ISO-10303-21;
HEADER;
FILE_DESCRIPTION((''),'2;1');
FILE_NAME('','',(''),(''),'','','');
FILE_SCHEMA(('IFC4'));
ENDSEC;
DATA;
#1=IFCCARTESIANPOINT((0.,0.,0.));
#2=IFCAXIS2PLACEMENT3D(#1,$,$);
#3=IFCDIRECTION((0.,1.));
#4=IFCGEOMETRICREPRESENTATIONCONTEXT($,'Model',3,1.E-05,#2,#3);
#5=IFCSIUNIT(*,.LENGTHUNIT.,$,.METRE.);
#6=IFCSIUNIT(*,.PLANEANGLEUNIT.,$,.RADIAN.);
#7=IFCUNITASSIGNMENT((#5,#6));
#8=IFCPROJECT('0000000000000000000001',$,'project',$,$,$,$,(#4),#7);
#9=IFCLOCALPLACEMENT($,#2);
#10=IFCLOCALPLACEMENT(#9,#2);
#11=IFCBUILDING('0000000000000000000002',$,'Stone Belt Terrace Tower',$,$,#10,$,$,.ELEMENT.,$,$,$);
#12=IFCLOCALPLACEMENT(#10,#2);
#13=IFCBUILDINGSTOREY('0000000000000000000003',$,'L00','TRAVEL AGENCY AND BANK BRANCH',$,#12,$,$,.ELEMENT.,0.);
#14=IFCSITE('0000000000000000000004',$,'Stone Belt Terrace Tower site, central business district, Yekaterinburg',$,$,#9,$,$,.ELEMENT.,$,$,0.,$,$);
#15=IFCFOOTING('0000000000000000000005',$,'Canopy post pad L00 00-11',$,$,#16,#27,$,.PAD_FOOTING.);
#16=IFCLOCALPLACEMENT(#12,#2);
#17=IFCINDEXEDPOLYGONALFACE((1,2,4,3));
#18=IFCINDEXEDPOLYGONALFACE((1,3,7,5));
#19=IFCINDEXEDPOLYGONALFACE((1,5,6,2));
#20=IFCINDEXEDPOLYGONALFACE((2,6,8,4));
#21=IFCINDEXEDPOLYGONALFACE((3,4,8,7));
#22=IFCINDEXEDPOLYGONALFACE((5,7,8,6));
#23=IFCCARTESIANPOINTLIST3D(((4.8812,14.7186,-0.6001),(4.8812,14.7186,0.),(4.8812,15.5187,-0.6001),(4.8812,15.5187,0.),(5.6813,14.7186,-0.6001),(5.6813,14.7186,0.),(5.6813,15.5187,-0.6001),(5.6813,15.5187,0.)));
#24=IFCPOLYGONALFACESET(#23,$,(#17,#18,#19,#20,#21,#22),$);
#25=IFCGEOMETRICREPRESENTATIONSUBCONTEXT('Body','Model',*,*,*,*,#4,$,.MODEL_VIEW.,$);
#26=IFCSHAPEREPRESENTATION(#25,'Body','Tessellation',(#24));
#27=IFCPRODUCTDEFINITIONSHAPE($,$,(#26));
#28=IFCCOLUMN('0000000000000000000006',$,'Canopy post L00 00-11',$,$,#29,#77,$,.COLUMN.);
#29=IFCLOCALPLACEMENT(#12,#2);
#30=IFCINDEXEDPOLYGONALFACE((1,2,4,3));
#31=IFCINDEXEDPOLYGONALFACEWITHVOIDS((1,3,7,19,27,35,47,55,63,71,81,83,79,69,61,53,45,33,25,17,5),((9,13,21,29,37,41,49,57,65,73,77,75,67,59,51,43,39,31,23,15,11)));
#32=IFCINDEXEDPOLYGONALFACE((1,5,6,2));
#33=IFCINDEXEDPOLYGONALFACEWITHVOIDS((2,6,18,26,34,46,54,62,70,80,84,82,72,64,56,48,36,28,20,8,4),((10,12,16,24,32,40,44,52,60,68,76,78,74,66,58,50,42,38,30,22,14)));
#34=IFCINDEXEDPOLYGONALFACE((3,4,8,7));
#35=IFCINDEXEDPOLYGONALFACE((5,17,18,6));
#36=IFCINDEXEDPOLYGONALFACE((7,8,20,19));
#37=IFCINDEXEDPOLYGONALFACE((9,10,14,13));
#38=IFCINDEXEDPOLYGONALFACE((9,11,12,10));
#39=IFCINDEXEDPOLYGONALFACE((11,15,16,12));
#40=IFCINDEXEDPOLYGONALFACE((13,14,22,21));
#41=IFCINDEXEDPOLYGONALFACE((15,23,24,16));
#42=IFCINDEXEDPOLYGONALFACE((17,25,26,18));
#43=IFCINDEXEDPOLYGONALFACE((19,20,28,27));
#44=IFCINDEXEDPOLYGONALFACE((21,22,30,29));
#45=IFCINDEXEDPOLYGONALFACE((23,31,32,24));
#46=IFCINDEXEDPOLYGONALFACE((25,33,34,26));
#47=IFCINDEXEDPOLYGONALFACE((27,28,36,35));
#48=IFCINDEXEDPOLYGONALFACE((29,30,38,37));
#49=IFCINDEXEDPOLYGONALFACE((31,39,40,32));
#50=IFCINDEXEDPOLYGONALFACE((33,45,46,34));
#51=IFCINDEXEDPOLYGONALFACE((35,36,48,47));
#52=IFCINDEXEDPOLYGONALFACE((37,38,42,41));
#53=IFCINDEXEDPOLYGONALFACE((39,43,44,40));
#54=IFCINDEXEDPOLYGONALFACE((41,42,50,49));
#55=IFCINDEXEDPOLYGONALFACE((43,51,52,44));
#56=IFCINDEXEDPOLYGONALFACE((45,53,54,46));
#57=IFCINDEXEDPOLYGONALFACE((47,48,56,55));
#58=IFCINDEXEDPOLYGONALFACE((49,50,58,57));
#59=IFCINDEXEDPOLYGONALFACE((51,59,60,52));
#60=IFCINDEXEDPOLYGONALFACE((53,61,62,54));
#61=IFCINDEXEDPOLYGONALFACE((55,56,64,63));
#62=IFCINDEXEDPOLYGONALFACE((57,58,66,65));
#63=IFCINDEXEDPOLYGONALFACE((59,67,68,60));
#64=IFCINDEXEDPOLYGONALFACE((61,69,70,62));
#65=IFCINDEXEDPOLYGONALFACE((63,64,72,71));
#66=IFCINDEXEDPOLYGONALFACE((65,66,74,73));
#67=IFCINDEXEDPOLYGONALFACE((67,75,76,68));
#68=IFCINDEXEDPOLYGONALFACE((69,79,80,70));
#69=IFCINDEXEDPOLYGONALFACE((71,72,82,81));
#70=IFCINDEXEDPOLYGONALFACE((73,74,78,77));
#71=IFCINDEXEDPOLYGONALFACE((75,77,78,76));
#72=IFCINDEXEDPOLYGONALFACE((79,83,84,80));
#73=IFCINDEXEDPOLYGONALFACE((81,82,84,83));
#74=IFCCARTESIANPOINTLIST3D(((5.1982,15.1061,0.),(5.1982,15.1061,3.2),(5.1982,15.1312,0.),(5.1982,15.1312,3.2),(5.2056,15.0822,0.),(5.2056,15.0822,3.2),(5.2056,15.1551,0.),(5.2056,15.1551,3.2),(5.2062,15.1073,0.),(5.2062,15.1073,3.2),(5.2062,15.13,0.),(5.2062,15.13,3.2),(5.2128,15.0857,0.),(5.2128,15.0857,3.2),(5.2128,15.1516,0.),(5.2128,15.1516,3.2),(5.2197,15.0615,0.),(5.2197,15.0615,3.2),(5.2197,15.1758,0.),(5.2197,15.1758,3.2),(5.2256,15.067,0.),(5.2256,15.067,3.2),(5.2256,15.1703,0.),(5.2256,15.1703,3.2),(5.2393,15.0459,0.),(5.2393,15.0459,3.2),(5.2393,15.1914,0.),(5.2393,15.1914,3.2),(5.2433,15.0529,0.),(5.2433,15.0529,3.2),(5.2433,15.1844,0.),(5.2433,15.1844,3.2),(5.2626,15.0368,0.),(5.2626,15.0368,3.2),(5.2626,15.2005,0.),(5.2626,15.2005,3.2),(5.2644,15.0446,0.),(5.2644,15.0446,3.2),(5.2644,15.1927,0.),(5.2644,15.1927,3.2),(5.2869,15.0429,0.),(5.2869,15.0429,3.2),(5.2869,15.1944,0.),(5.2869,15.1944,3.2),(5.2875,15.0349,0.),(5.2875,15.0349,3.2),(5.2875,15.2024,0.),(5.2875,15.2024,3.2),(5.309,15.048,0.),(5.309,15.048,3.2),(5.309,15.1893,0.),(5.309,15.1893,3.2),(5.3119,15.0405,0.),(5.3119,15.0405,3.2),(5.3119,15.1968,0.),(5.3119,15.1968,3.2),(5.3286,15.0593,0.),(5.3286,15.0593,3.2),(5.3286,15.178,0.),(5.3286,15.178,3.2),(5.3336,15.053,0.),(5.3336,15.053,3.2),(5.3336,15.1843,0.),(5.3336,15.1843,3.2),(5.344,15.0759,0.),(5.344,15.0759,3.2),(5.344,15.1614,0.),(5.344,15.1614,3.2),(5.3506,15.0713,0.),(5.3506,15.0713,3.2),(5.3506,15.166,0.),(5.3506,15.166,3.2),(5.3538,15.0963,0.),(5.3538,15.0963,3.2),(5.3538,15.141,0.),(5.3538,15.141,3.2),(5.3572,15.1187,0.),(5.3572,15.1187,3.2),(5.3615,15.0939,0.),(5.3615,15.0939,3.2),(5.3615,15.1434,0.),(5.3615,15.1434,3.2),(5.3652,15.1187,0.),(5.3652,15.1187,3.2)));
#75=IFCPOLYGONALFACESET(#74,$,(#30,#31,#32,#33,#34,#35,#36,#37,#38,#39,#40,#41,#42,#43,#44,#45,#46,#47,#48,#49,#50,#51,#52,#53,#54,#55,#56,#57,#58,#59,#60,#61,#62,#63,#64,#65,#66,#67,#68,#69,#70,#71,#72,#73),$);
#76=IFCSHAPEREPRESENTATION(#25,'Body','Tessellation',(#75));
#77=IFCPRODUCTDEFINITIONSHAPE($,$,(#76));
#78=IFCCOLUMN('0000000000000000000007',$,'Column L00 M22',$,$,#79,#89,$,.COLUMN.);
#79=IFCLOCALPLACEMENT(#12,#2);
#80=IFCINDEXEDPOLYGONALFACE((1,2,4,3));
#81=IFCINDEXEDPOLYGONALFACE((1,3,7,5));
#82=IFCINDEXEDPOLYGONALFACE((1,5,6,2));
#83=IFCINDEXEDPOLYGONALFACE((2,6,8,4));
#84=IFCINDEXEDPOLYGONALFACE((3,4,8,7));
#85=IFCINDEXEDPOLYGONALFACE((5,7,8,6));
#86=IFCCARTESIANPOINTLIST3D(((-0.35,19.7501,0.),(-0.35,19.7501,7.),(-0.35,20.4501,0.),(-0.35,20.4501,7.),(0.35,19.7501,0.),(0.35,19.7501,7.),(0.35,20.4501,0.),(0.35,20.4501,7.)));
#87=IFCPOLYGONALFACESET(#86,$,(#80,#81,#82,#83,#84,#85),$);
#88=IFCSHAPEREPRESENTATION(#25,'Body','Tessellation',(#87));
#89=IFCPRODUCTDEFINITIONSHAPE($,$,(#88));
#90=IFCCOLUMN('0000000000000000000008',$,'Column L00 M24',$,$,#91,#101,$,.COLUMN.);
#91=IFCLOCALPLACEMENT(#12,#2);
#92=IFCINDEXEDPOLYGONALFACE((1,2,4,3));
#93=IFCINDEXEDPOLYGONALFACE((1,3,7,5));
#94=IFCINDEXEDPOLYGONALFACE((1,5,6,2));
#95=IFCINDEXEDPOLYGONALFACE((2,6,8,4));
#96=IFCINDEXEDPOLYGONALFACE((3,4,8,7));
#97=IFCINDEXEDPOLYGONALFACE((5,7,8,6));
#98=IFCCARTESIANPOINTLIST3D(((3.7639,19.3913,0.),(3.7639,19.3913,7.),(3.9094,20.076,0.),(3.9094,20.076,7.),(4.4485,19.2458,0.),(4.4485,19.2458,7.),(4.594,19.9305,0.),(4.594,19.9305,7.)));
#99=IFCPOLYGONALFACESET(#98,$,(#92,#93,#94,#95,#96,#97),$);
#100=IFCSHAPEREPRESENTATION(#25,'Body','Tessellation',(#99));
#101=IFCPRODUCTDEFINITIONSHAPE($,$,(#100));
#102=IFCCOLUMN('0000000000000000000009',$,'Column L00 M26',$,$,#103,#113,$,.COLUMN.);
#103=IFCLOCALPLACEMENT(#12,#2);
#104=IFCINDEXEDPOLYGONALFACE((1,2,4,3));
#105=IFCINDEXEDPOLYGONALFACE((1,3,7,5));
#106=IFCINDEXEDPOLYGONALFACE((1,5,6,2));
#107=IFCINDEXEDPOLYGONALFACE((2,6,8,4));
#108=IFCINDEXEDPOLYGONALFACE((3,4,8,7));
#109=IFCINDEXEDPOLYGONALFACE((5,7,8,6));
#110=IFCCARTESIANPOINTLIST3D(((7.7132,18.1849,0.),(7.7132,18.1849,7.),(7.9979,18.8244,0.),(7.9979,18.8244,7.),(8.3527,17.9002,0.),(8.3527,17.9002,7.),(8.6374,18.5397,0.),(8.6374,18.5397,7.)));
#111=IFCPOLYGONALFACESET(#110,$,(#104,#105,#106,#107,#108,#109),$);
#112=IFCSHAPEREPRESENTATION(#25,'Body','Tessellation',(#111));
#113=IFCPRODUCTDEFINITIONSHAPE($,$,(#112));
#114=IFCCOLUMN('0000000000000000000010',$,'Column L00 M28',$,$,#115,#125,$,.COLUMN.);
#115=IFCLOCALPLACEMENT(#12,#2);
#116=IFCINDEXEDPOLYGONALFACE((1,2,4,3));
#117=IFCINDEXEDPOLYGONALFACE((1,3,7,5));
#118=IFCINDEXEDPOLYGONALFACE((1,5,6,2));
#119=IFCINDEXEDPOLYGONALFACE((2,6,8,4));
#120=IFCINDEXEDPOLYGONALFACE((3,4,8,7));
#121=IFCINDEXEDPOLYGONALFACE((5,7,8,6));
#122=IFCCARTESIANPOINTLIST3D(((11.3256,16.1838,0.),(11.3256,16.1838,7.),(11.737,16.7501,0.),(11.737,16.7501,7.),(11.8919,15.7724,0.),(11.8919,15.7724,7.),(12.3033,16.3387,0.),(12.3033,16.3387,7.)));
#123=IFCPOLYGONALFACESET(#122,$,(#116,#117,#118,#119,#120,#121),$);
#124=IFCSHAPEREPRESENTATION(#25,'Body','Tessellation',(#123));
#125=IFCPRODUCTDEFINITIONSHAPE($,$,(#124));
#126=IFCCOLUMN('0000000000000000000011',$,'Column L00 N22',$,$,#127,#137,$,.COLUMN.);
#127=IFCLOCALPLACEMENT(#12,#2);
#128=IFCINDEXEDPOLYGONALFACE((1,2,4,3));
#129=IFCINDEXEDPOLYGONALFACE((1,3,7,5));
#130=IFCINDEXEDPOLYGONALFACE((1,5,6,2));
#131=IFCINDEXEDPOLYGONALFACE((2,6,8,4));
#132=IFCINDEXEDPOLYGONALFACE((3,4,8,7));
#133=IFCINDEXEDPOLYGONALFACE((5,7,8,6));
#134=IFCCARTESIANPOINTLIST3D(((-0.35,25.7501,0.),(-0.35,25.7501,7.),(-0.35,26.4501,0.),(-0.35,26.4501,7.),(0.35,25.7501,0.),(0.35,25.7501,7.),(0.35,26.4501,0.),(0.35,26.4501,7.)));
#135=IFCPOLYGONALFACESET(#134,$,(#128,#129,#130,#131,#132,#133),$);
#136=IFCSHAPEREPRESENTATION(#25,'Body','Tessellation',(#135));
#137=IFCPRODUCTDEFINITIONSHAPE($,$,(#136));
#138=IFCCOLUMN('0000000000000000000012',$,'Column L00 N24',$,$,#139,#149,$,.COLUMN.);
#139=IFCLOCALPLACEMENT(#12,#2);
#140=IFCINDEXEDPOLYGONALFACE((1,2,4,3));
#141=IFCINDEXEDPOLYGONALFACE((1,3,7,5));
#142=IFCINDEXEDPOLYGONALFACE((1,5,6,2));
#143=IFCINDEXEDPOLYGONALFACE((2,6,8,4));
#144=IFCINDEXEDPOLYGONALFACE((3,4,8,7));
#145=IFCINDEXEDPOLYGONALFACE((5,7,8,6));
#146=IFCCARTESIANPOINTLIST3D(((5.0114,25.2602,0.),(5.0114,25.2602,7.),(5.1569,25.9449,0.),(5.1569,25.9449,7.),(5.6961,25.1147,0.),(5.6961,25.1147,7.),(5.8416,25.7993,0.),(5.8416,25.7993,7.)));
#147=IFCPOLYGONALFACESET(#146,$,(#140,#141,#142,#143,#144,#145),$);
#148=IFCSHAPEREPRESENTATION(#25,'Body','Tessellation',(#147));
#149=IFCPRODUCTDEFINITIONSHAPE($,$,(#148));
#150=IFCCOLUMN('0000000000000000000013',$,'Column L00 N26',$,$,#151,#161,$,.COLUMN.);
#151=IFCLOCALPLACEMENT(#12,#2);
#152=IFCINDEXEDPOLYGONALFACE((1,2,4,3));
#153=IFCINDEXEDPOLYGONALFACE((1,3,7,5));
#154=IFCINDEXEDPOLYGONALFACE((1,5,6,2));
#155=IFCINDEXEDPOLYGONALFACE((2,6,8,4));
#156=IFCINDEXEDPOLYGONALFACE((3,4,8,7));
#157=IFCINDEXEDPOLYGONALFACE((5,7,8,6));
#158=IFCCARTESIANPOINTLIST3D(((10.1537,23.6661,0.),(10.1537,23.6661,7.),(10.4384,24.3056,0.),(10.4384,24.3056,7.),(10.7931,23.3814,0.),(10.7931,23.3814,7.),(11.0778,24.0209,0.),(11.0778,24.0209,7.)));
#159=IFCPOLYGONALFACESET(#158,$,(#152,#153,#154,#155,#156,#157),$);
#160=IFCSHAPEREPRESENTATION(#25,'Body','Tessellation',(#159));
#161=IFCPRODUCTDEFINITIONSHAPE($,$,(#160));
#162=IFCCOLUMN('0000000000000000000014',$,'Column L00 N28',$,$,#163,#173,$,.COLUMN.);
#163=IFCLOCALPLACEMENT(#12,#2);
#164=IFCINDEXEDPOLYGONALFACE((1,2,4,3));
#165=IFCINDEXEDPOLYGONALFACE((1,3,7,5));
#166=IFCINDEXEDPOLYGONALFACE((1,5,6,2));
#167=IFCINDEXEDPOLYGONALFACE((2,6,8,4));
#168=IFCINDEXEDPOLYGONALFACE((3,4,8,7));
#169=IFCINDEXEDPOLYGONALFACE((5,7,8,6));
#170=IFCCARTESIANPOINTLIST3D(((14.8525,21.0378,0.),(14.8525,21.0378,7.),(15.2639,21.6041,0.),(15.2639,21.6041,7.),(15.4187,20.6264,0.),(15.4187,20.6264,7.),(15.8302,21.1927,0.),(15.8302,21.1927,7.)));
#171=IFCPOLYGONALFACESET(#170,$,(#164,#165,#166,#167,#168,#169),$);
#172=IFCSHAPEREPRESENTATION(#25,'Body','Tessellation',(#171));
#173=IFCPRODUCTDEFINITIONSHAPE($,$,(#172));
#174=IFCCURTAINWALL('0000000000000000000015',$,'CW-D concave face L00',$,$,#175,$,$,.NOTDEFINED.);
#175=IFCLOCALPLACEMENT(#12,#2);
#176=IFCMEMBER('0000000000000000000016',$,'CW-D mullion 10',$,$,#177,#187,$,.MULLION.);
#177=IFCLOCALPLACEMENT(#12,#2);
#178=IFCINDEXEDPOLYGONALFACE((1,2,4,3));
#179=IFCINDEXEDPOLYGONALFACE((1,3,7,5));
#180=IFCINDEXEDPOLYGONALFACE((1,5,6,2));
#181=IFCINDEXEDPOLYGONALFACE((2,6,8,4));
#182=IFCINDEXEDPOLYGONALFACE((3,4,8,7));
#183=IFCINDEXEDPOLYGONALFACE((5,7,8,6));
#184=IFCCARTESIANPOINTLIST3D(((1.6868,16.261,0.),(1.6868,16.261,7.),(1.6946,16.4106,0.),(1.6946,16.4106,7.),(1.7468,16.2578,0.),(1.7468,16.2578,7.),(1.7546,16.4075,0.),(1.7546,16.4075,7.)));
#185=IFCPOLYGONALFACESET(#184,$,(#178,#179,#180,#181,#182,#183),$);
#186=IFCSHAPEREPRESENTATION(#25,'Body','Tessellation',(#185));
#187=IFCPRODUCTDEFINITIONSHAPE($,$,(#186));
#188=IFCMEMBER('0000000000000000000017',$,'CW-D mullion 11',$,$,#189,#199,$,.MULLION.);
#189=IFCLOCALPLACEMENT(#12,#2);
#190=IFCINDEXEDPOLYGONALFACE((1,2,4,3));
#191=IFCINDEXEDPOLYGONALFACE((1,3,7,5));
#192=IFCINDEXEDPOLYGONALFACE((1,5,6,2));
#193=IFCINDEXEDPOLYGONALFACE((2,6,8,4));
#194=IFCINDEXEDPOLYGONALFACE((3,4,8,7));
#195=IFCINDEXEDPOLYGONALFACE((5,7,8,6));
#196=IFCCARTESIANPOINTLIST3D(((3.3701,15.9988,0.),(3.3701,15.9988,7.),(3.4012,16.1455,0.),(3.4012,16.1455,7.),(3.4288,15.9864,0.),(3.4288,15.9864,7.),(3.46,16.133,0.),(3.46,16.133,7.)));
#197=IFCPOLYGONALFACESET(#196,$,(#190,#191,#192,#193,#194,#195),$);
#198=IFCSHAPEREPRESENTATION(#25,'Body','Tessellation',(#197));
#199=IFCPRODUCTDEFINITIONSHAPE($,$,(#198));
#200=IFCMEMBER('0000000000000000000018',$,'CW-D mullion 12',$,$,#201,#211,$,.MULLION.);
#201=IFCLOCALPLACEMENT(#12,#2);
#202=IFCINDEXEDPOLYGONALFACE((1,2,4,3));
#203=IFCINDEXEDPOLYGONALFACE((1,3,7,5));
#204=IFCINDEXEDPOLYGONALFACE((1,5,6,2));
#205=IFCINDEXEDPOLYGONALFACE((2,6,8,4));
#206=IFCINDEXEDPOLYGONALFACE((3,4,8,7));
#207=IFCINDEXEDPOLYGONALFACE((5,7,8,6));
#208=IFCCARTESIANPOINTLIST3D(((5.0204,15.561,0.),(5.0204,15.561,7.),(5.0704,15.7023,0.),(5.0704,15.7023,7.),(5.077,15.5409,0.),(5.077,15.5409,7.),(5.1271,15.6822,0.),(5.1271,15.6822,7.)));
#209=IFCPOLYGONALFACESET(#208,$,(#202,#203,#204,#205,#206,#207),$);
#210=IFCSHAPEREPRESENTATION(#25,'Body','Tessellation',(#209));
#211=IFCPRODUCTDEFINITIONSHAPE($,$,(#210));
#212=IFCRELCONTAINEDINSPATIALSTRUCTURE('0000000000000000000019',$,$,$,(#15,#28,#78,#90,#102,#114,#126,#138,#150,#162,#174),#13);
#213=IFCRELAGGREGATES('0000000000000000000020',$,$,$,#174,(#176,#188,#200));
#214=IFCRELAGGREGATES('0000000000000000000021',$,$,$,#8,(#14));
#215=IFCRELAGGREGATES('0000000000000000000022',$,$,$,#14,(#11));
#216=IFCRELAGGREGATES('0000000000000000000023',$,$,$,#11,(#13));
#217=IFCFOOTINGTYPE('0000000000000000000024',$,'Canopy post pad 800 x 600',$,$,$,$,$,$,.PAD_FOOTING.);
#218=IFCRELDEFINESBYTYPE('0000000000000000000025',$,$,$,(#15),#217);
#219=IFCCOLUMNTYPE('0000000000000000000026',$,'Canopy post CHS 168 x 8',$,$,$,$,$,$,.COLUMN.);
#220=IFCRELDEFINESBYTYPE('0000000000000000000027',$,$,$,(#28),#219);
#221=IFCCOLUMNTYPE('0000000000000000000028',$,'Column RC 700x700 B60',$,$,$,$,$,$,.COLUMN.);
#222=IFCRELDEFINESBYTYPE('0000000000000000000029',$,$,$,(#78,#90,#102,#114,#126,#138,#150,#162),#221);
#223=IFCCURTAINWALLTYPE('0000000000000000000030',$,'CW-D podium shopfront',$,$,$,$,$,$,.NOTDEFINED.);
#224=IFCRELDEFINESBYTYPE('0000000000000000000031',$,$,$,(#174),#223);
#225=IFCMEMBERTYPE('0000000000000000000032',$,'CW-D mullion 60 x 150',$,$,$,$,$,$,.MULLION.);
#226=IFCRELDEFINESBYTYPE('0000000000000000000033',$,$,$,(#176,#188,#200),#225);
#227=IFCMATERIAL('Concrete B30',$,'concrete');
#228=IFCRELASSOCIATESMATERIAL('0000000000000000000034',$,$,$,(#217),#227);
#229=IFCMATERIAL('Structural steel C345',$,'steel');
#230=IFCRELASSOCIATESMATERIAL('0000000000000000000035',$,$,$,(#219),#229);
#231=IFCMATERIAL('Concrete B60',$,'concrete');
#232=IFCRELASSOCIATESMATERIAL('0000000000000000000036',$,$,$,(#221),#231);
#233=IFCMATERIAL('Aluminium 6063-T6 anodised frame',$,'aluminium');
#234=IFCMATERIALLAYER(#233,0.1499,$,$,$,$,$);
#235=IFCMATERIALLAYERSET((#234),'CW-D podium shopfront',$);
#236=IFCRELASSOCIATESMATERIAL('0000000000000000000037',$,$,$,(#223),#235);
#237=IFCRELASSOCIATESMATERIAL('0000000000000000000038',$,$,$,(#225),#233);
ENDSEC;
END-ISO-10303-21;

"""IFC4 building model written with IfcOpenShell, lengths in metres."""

from ifc_helpers import new_model, si_unit, direction, frame, origin, origin_2d, place, context, subcontext, project, spatial, rectangle, hollow_circle, extrude, material, layer, layer_set, material_profile, profile_set, type_object, element, aggregate, save


model = new_model("IFC4")

# Units and contexts
model_context = context("Model", 3, precision=1e-05, world=origin(), true_north=direction((0.0, 1.0)))
body_context = subcontext(model_context, "Body", "Model", "MODEL_VIEW")
ifc_project = project(units=[si_unit("LENGTHUNIT", "METRE"), si_unit("PLANEANGLEUNIT", "RADIAN")], contexts=[model_context])

# Site, building, storey
site_placement = place(None, origin())
site = spatial("IfcSite", under=ifc_project, at=site_placement, Name="Stone Belt Terrace Tower site, central business district, Yekaterinburg", CompositionType="ELEMENT", RefElevation=0.0)
building_placement = place(site_placement, origin())
building = spatial("IfcBuilding", under=site, at=building_placement, Name="Stone Belt Terrace Tower", CompositionType="ELEMENT")
storey_placement = place(building_placement, origin())
storey = spatial("IfcBuildingStorey", under=building, at=storey_placement, Name="L00", Description="TRAVEL AGENCY AND BANK BRANCH", CompositionType="ELEMENT", Elevation=0.0)

# Footing
ifc_material_1 = material(Name="Concrete B30", Category="concrete")
footing_type = type_object("IfcFootingType", Name="Canopy post pad 800 x 600", PredefinedType="PAD_FOOTING", material=ifc_material_1)
footing_placement = place(storey_placement, frame((5.2812, 15.1187, -0.6001), z_axis=(0.0, 0.0, 1.0), x_axis=(1.0, 0.0, 0.0)))
element("IfcFooting", 1, at=footing_placement, inside=storey, type_object=footing_type, Name="Canopy post pad L00 00-11", PredefinedType="PAD_FOOTING", context=body_context, shape_type="SweptSolid", body=[
    extrude(rectangle(XDim=0.8, YDim=0.8, at=origin_2d()), origin(), (0.0, 0.0, 1.0), 0.6001),
])

# Columns
ifc_material_2 = material(Name="Structural steel C345", Category="steel")
ifc_material_profile_1 = material_profile(ifc_material_2, hollow_circle(Radius=0.084, WallThickness=0.0081, at=origin_2d()), Name="Structural steel C345 CHS 168x8")
ifc_profile_set_1 = profile_set([ifc_material_profile_1], Name="Structural steel C345")
column_type_1 = type_object("IfcColumnType", Name="Canopy post CHS 168 x 8", PredefinedType="COLUMN", material=ifc_profile_set_1)
column_placement = place(storey_placement, frame((5.2812, 15.1187, 0.0), z_axis=(0.0, 0.0, 1.0), x_axis=(1.0, 0.0, 0.0)))
element("IfcColumn", 2, at=column_placement, inside=storey, type_object=column_type_1, Name="Canopy post L00 00-11", PredefinedType="COLUMN", context=body_context, shape_type="SweptSolid", body=[
    extrude(hollow_circle(Radius=0.084, WallThickness=0.0081, at=origin_2d()), origin(), (0.0, 0.0, 1.0), 3.2),
])
ifc_material_3 = material(Name="Concrete B60", Category="concrete")
ifc_material_profile_2 = material_profile(ifc_material_3, rectangle(XDim=0.7, YDim=0.7, at=origin_2d()), Name="RC 700x700")
ifc_profile_set_2 = profile_set([ifc_material_profile_2], Name="Concrete B60")
column_type_2 = type_object("IfcColumnType", Name="Column RC 700x700 B60", PredefinedType="COLUMN", material=ifc_profile_set_2)
for number, where, z_axis, x_axis, name in (
    (3, (0.0, 20.1001, 0.0), (0.0, 0.0, 1.0), (1.0, 0.0, 0.0), "Column L00 M22"),
    (4, (4.179, 19.6609, 0.0), (0.0, 0.0, 1.0), (0.978148, -0.207912, 0.0), "Column L00 M24"),
    (5, (8.1753, 18.3623, 0.0), (0.0, 0.0, 1.0), (0.913545, -0.406737, 0.0), "Column L00 M26"),
    (6, (11.8145, 16.2612, 0.0), (0.0, 0.0, 1.0), (0.809017, -0.587785, 0.0), "Column L00 M28"),
    (7, (0.0, 26.1001, 0.0), (0.0, 0.0, 1.0), (1.0, 0.0, 0.0), "Column L00 N22"),
    (8, (5.4265, 25.5298, 0.0), (0.0, 0.0, 1.0), (0.978148, -0.207912, 0.0), "Column L00 N24"),
    (9, (10.6157, 23.8435, 0.0), (0.0, 0.0, 1.0), (0.913545, -0.406737, 0.0), "Column L00 N26"),
    (10, (15.3413, 21.1152, 0.0), (0.0, 0.0, 1.0), (0.809017, -0.587785, 0.0), "Column L00 N28"),
):
    element("IfcColumn", number, at=place(storey_placement, frame(where, z_axis=z_axis, x_axis=x_axis)), inside=storey, type_object=column_type_2, Name=name, PredefinedType="COLUMN", context=body_context, shape_type="SweptSolid", body=[
        extrude(rectangle(XDim=0.7, YDim=0.7, at=origin_2d()), origin(), (0.0, 0.0, 1.0), 7.0),
    ])

# Curtain wall, members
ifc_material_4 = material(Name="Aluminium 6063-T6 anodised frame", Category="aluminium")
ifc_layer_1 = layer(ifc_material_4, 0.1499)
ifc_layer_set_1 = layer_set([ifc_layer_1], Name="CW-D podium shopfront")
curtain_wall_type = type_object("IfcCurtainWallType", Name="CW-D podium shopfront", PredefinedType="NOTDEFINED", material=ifc_layer_set_1)
curtain_wall_placement = place(storey_placement, origin())
curtain_wall = element("IfcCurtainWall", 11, at=curtain_wall_placement, inside=storey, type_object=curtain_wall_type, Name="CW-D concave face L00", PredefinedType="NOTDEFINED")
ifc_material_profile_3 = material_profile(ifc_material_4, rectangle(XDim=0.1499, YDim=0.0601, at=origin_2d()), Name="Aluminium 6063-T6 60x150")
ifc_profile_set_3 = profile_set([ifc_material_profile_3], Name="Aluminium 6063-T6 anodised frame")
member_type_1 = type_object("IfcMemberType", Name="CW-D mullion 60 x 150", PredefinedType="MULLION", material=ifc_profile_set_3)
member_1_placement = place(storey_placement, frame((1.7207, 16.3342, 0.0), z_axis=(0.0, 0.0, 1.0), x_axis=(0.052336, 0.99863, 0.0)))
member_1 = element("IfcMember", 12, at=member_1_placement, type_object=member_type_1, Name="CW-D mullion 10", PredefinedType="MULLION", context=body_context, shape_type="SweptSolid", body=[
    extrude(rectangle(XDim=0.1499, YDim=0.0601, at=origin_2d()), origin(), (0.0, 0.0, 1.0), 7.0),
])
member_2_placement = place(storey_placement, frame((3.415, 16.0659, 0.0), z_axis=(0.0, 0.0, 1.0), x_axis=(0.207912, 0.978148, 0.0)))
member_2 = element("IfcMember", 13, at=member_2_placement, type_object=member_type_1, Name="CW-D mullion 11", PredefinedType="MULLION", context=body_context, shape_type="SweptSolid", body=[
    extrude(rectangle(XDim=0.1499, YDim=0.0601, at=origin_2d()), origin(), (0.0, 0.0, 1.0), 7.0),
])
member_3_placement = place(storey_placement, frame((5.0737, 15.6216, 0.0), z_axis=(0.0, 0.0, 1.0), x_axis=(0.333807, 0.942641, 0.0)))
member_3 = element("IfcMember", 14, at=member_3_placement, type_object=member_type_1, Name="CW-D mullion 12", PredefinedType="MULLION", context=body_context, shape_type="SweptSolid", body=[
    extrude(rectangle(XDim=0.1499, YDim=0.0601, at=origin_2d()), origin(), (0.0, 0.0, 1.0), 7.0),
])
aggregate(curtain_wall, [member_1, member_2, member_3])

save(model, "model.ifc")
